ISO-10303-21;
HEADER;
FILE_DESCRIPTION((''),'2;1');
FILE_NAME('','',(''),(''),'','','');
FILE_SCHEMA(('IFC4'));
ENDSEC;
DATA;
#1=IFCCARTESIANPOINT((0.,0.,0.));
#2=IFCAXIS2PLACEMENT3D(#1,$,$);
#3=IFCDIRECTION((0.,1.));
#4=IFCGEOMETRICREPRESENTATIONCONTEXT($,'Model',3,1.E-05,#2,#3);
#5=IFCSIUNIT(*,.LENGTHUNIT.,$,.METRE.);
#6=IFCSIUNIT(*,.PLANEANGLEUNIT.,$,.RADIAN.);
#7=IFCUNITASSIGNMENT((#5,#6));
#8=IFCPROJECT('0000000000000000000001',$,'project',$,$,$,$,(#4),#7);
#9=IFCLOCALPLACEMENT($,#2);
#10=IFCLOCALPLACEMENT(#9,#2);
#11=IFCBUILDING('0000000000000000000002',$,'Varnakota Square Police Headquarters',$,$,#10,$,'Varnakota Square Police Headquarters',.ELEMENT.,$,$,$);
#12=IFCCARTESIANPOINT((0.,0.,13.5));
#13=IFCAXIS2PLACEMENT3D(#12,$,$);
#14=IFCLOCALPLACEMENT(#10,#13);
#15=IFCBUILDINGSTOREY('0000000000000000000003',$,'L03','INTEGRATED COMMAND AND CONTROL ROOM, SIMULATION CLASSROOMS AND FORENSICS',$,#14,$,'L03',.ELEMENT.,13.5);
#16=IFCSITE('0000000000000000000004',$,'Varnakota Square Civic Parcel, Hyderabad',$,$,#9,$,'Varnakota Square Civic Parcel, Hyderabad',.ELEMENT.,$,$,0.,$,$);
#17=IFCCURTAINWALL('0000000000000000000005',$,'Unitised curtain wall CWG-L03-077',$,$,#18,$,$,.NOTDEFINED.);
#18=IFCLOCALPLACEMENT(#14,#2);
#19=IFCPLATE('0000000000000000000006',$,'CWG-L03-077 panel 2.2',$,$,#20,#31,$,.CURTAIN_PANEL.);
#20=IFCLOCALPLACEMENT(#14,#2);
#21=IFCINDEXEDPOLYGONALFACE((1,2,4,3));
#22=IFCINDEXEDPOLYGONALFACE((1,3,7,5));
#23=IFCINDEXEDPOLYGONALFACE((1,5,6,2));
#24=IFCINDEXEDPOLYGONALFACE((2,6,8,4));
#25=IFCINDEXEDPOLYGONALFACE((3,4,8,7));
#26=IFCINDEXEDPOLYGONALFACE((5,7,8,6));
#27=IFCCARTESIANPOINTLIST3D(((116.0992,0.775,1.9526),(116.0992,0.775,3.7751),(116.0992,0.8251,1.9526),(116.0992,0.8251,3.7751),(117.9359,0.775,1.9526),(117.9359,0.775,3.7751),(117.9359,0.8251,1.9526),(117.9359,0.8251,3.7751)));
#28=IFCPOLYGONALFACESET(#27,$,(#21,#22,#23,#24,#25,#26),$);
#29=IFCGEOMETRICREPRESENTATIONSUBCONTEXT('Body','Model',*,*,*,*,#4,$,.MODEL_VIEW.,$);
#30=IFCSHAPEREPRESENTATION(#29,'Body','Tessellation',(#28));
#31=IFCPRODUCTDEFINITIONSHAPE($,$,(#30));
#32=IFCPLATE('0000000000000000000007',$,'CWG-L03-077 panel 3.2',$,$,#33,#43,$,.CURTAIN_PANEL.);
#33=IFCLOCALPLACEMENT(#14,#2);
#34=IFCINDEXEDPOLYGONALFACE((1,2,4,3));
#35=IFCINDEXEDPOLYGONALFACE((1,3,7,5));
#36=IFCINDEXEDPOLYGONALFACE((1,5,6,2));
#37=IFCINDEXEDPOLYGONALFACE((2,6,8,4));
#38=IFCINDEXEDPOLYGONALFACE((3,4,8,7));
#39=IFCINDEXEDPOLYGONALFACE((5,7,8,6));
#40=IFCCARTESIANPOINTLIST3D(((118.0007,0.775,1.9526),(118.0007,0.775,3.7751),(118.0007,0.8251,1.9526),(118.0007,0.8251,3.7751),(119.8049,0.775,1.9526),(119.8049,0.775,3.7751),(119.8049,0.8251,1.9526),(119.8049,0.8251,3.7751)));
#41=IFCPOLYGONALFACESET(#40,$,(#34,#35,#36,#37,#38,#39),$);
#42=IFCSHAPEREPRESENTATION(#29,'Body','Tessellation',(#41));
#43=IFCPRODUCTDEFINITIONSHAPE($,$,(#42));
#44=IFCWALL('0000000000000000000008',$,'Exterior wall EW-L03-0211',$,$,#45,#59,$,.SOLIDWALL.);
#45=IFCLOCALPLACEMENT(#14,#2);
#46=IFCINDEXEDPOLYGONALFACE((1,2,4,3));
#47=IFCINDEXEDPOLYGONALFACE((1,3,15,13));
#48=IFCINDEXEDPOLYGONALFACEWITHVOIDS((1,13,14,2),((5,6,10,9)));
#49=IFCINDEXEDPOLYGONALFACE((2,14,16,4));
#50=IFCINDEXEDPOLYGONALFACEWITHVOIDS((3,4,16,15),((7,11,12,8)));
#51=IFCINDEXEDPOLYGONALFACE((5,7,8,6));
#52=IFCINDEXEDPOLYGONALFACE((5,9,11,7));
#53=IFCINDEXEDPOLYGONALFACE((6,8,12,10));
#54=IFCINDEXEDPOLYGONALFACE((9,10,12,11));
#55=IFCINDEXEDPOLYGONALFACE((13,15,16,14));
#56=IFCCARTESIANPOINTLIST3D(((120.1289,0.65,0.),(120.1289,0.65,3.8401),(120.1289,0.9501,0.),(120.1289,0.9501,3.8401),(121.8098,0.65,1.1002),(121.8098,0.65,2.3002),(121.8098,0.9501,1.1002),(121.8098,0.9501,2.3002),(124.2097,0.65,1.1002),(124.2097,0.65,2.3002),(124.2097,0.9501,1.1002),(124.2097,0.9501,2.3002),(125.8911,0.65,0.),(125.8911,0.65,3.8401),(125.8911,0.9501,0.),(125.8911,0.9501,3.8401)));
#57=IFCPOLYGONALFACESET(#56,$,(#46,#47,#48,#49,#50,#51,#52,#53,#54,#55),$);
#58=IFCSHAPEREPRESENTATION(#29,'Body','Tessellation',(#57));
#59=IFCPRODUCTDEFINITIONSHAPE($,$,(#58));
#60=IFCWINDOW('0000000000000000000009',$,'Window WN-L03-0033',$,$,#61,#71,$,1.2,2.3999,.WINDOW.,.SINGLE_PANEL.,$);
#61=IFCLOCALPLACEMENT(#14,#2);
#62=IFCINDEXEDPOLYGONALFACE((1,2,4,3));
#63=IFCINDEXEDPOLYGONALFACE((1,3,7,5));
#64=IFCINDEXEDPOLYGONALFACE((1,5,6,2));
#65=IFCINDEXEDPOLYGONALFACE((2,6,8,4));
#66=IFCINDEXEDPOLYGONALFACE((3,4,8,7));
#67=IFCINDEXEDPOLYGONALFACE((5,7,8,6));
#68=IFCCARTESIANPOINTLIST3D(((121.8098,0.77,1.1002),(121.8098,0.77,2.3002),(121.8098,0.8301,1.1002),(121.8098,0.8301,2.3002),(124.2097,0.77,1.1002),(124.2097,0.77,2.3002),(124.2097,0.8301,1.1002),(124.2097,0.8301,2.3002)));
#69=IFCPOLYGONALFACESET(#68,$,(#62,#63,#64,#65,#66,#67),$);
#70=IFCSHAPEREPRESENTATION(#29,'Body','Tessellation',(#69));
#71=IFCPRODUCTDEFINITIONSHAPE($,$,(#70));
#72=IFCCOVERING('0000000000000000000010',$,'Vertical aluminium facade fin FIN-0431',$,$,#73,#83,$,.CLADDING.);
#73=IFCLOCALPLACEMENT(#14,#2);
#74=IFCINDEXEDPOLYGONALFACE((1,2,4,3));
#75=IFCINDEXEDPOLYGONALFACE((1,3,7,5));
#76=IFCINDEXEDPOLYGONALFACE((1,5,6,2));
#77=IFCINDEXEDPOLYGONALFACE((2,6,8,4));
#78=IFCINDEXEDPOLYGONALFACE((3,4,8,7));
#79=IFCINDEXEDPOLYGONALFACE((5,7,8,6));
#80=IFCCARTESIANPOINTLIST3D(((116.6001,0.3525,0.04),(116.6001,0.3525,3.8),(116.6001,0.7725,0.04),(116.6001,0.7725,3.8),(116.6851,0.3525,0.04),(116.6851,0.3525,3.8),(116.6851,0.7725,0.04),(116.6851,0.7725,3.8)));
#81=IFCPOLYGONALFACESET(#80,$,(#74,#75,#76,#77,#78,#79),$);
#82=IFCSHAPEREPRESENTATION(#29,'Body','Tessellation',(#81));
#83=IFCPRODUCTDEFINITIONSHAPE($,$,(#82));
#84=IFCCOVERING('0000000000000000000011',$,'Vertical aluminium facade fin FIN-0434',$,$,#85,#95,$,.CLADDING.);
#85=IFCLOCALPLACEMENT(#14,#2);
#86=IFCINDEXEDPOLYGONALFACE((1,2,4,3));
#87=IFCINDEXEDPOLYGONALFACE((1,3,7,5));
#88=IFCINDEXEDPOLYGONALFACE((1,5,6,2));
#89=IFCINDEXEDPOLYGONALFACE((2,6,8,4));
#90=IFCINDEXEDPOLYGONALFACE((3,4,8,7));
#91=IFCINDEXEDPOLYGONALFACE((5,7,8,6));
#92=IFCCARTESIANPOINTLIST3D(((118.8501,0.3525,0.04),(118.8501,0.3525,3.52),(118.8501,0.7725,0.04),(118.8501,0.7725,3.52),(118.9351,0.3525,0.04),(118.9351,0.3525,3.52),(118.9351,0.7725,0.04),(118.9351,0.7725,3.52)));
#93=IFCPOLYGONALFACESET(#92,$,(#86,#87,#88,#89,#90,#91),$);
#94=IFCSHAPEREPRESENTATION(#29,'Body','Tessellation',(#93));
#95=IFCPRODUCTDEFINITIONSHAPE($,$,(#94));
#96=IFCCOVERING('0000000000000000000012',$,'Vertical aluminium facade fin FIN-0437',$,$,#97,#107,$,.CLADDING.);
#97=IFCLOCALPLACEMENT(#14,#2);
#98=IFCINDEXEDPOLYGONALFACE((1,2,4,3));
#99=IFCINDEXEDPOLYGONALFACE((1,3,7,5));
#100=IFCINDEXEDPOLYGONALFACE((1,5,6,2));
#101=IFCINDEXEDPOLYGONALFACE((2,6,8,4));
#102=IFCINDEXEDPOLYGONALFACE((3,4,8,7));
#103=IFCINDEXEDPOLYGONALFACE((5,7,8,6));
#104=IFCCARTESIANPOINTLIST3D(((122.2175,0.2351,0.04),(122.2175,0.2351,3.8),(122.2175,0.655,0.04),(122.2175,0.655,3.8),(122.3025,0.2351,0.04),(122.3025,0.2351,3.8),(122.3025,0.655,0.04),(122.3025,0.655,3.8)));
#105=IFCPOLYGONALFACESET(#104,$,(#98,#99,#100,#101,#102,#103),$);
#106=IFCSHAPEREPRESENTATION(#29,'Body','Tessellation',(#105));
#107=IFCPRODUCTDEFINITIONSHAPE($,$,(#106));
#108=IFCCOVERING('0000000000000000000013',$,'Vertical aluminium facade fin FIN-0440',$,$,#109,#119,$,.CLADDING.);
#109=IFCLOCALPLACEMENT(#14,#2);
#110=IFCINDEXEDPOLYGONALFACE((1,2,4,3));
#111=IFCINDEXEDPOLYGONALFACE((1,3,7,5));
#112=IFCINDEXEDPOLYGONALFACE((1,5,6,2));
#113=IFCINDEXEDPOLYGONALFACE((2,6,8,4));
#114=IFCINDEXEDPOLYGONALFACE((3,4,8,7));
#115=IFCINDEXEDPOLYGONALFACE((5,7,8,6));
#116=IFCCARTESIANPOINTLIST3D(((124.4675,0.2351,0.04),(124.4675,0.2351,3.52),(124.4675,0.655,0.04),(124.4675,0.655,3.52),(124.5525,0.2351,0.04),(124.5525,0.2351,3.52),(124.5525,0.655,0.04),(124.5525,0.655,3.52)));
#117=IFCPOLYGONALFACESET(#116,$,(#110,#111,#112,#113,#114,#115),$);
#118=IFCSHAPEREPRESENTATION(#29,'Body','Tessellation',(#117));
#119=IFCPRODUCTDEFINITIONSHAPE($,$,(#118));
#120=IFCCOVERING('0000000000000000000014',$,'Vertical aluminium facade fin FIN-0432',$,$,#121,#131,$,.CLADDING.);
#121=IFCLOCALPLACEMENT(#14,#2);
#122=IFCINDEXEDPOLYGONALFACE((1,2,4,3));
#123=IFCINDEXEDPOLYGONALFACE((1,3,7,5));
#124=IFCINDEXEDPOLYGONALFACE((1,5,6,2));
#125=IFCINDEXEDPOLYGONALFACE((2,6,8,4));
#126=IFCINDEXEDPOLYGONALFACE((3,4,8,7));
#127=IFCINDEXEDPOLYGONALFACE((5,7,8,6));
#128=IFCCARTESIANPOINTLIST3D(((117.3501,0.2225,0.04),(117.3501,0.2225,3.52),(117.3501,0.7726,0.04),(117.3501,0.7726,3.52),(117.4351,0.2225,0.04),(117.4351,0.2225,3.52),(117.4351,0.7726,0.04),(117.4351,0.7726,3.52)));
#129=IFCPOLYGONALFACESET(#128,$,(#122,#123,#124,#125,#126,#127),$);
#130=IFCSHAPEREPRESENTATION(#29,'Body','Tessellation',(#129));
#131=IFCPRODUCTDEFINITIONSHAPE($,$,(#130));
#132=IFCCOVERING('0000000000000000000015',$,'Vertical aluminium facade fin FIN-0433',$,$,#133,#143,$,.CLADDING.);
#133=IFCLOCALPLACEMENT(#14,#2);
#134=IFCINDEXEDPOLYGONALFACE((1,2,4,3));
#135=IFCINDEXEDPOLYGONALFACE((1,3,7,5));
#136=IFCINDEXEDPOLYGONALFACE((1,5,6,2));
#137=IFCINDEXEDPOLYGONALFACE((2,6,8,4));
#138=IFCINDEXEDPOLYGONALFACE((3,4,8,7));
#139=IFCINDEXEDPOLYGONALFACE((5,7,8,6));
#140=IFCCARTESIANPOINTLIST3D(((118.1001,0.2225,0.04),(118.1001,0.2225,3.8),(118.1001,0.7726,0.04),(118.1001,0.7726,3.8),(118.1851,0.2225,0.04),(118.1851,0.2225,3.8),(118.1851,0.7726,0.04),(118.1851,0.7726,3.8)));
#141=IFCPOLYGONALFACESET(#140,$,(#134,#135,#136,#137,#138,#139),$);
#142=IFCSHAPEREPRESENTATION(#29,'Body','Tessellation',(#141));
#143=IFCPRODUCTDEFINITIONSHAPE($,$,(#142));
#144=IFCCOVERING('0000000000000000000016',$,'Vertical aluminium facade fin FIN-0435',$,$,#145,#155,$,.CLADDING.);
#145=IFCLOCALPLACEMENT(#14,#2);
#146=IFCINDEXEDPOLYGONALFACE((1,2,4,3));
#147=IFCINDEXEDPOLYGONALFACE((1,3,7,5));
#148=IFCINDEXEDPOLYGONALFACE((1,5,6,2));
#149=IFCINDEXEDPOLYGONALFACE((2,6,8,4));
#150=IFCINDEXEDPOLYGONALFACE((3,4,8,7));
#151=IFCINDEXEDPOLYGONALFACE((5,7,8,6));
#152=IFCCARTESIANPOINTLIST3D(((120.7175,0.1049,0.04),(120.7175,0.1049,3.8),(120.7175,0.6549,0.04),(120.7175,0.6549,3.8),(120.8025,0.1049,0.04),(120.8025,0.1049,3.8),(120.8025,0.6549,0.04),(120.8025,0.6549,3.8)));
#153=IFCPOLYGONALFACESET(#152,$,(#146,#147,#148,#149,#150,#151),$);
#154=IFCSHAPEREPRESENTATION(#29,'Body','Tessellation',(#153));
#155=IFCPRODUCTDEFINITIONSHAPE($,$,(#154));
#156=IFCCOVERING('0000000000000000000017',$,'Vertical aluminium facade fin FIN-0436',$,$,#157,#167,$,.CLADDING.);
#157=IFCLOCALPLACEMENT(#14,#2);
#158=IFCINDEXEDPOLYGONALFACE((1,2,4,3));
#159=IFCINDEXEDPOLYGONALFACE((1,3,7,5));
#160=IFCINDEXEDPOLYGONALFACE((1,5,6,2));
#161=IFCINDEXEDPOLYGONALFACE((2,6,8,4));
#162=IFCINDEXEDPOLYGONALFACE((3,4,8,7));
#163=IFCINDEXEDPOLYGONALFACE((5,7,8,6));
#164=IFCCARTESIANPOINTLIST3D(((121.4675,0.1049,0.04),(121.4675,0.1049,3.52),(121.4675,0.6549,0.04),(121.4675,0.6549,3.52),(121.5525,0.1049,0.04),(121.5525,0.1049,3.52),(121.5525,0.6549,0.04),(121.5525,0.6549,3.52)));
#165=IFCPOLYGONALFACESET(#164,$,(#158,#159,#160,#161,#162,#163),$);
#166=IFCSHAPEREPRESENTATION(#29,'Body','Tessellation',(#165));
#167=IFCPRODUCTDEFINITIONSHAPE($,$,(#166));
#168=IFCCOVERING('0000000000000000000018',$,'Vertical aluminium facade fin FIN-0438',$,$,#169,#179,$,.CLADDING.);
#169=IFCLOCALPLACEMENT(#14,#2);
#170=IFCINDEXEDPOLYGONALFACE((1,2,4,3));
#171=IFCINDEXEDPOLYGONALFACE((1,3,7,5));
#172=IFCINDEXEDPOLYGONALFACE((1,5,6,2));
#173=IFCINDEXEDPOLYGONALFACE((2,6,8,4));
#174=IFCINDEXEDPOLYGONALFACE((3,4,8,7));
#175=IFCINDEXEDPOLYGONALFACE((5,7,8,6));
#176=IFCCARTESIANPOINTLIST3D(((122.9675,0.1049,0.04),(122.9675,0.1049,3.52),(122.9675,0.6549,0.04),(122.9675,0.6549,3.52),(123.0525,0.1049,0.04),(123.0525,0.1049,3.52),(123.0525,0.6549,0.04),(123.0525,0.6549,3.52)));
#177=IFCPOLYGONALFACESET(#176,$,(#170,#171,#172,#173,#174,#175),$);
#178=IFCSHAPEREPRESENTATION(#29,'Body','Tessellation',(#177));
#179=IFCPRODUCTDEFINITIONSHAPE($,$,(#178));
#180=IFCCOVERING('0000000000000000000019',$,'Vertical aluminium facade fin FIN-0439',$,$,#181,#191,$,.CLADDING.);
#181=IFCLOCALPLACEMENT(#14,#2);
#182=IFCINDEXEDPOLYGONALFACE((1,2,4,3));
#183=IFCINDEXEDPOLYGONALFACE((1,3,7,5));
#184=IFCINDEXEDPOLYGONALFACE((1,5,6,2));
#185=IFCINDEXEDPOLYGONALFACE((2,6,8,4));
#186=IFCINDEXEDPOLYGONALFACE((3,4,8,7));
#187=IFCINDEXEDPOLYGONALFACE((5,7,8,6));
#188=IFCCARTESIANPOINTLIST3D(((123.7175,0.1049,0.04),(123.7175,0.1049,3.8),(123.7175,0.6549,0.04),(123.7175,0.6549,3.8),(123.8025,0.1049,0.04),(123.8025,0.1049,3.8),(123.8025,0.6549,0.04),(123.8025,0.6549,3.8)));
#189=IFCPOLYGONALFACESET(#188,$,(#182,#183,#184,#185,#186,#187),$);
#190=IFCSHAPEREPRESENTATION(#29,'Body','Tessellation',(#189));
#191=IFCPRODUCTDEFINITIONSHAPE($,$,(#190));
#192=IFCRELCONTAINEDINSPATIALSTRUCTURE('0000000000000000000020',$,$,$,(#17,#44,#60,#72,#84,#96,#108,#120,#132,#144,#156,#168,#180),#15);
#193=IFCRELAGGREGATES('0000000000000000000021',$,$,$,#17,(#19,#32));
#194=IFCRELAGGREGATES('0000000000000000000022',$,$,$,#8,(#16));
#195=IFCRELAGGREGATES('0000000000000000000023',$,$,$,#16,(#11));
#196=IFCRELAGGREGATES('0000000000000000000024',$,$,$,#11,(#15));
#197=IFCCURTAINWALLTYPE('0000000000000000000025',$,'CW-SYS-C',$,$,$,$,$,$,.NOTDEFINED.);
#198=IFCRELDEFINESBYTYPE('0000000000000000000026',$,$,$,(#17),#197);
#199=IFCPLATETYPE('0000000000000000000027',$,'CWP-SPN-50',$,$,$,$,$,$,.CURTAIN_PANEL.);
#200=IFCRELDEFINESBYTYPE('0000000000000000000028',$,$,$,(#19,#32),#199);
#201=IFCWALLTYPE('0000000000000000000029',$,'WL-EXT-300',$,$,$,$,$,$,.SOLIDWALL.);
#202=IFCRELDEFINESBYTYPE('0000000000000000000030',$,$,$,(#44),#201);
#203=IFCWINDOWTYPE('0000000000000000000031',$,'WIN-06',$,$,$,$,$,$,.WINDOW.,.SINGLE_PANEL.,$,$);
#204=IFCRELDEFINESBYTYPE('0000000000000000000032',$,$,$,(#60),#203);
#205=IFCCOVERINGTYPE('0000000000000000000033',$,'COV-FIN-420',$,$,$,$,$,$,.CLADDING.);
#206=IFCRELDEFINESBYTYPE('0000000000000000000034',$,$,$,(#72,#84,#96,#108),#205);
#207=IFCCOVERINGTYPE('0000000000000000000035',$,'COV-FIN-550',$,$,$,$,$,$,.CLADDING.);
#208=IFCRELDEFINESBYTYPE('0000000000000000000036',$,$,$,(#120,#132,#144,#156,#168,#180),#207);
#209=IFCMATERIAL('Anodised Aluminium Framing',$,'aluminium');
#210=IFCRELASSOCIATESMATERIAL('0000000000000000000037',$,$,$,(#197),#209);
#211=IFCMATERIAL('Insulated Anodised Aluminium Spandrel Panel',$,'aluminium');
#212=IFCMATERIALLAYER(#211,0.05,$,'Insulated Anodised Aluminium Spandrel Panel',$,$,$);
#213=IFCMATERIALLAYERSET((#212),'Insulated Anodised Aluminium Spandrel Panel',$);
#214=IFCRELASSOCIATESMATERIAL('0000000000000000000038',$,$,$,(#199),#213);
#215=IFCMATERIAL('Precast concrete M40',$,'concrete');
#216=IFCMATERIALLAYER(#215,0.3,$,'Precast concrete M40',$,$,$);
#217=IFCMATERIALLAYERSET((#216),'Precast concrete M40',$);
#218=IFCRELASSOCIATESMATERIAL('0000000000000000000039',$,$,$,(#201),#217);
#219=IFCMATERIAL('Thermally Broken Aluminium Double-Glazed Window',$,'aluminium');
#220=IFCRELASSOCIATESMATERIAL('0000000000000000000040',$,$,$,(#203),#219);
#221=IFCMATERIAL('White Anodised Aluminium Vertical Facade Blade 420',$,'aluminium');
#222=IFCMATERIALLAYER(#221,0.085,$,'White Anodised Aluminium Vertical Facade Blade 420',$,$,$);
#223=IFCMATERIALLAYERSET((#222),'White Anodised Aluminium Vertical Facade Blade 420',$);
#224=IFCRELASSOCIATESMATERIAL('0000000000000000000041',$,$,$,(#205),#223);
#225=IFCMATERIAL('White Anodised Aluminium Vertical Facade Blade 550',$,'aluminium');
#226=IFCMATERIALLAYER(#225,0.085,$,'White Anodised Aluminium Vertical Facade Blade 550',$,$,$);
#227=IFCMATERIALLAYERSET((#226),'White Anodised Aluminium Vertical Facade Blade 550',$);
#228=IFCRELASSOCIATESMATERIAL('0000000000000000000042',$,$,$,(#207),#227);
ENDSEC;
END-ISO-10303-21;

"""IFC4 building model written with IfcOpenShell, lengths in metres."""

from ifc_helpers import new_model, si_unit, direction, frame, frame_2d, origin, origin_2d, place, context, subcontext, project, spatial, rectangle, extrude, material, layer, layer_set, type_object, element, fill, aggregate, save


model = new_model("IFC4")

# Units and contexts
model_context = context("Model", 3, precision=1e-05, world=origin(), true_north=direction((0.0, 1.0)))
body_context = subcontext(model_context, "Body", "Model", "MODEL_VIEW")
ifc_project = project(units=[si_unit("LENGTHUNIT", "METRE"), si_unit("PLANEANGLEUNIT", "RADIAN")], contexts=[model_context])

# Site, building, storey
site_placement = place(None, origin())
site = spatial("IfcSite", under=ifc_project, at=site_placement, Name="Varnakota Square Civic Parcel, Hyderabad", LongName="Varnakota Square Civic Parcel, Hyderabad", CompositionType="ELEMENT", RefElevation=0.0)
building_placement = place(site_placement, origin())
building = spatial("IfcBuilding", under=site, at=building_placement, Name="Varnakota Square Police Headquarters", LongName="Varnakota Square Police Headquarters", CompositionType="ELEMENT")
storey_placement = place(building_placement, frame((0.0, 0.0, 13.5)))
storey = spatial("IfcBuildingStorey", under=building, at=storey_placement, Name="L03", Description="INTEGRATED COMMAND AND CONTROL ROOM, SIMULATION CLASSROOMS AND FORENSICS", LongName="L03", CompositionType="ELEMENT", Elevation=13.5)

# Curtain wall, plates
ifc_material_1 = material(Name="Anodised Aluminium Framing", Category="aluminium")
curtain_wall_type = type_object("IfcCurtainWallType", Name="CW-SYS-C", PredefinedType="NOTDEFINED", material=ifc_material_1)
curtain_wall_placement = place(storey_placement, origin())
curtain_wall = element("IfcCurtainWall", 1, at=curtain_wall_placement, inside=storey, type_object=curtain_wall_type, Name="Unitised curtain wall CWG-L03-077", PredefinedType="NOTDEFINED")
ifc_material_2 = material(Name="Insulated Anodised Aluminium Spandrel Panel", Category="aluminium")
ifc_layer_1 = layer(ifc_material_2, 0.05, Name="Insulated Anodised Aluminium Spandrel Panel")
ifc_layer_set_1 = layer_set([ifc_layer_1], Name="Insulated Anodised Aluminium Spandrel Panel")
plate_type_1 = type_object("IfcPlateType", Name="CWP-SPN-50", PredefinedType="CURTAIN_PANEL", material=ifc_layer_set_1)
plate_1_placement = place(storey_placement, frame((117.0176, 0.8, 1.9526), z_axis=(0.0, 0.0, 1.0), x_axis=(1.0, 0.0, 0.0)))
plate_1 = element("IfcPlate", 2, at=plate_1_placement, type_object=plate_type_1, Name="CWG-L03-077 panel 2.2", PredefinedType="CURTAIN_PANEL", context=body_context, shape_type="SweptSolid", body=[
    extrude(rectangle(XDim=1.8367, YDim=0.05, at=origin_2d()), origin(), (0.0, 0.0, 1.0), 1.8225),
])
plate_2_placement = place(storey_placement, frame((118.9028, 0.8, 1.9526), z_axis=(0.0, 0.0, 1.0), x_axis=(1.0, 0.0, 0.0)))
plate_2 = element("IfcPlate", 3, at=plate_2_placement, type_object=plate_type_1, Name="CWG-L03-077 panel 3.2", PredefinedType="CURTAIN_PANEL", context=body_context, shape_type="SweptSolid", body=[
    extrude(rectangle(XDim=1.8042, YDim=0.05, at=origin_2d()), origin(), (0.0, 0.0, 1.0), 1.8225),
])
aggregate(curtain_wall, [plate_1, plate_2])

# Wall, opening, window
ifc_material_3 = material(Name="Precast concrete M40", Category="concrete")
ifc_layer_2 = layer(ifc_material_3, 0.3, Name="Precast concrete M40")
ifc_layer_set_2 = layer_set([ifc_layer_2], Name="Precast concrete M40")
wall_type = type_object("IfcWallType", Name="WL-EXT-300", PredefinedType="SOLIDWALL", material=ifc_layer_set_2)
wall_placement = place(storey_placement, frame((120.1289, 0.8, 0.0), z_axis=(0.0, 0.0, 1.0), x_axis=(1.0, 0.0, 0.0)))
wall = element("IfcWall", 4, at=wall_placement, inside=storey, type_object=wall_type, Name="Exterior wall EW-L03-0211", PredefinedType="SOLIDWALL", context=body_context, shape_type="SweptSolid", body=[
    extrude(rectangle(XDim=5.7622, YDim=0.3, at=frame_2d((2.8811, 0.0))), origin(), (0.0, 0.0, 1.0), 3.8401),
])
opening_placement = place(wall_placement, frame((1.6809, 0.0, 1.1001)))
opening = element("IfcOpeningElement", 5, at=opening_placement, cuts=wall, PredefinedType="OPENING", context=body_context, shape_type="SweptSolid", body=[
    extrude(rectangle(XDim=2.3999, YDim=1.2, at=frame_2d((1.2, 0.6001))), frame((0.0, 0.1599, 0.0), z_axis=(0.0, -1.0, 0.0), x_axis=(1.0, 0.0, 0.0)), (0.0, 0.0, 1.0), 0.3201),
])
ifc_material_4 = material(Name="Thermally Broken Aluminium Double-Glazed Window", Category="aluminium")
window_type = type_object("IfcWindowType", Name="WIN-06", PartitioningType="SINGLE_PANEL", PredefinedType="WINDOW", material=ifc_material_4)
window_placement = place(opening_placement, origin())
window = element("IfcWindow", 6, at=window_placement, inside=storey, type_object=window_type, Name="Window WN-L03-0033", OverallHeight=1.2, OverallWidth=2.3999, PartitioningType="SINGLE_PANEL", PredefinedType="WINDOW", context=body_context, shape_type="SweptSolid", body=[
    extrude(rectangle(XDim=2.3999, YDim=1.2, at=frame_2d((1.2, 0.6001))), frame((0.0, 0.03, 0.0), z_axis=(0.0, -1.0, 0.0), x_axis=(1.0, 0.0, 0.0)), (0.0, 0.0, 1.0), 0.0601),
])
fill(opening, window)

# Coverings
ifc_material_5 = material(Name="White Anodised Aluminium Vertical Facade Blade 420", Category="aluminium")
ifc_layer_3 = layer(ifc_material_5, 0.085, Name="White Anodised Aluminium Vertical Facade Blade 420")
ifc_layer_set_3 = layer_set([ifc_layer_3], Name="White Anodised Aluminium Vertical Facade Blade 420")
covering_type_1 = type_object("IfcCoveringType", Name="COV-FIN-420", PredefinedType="CLADDING", material=ifc_layer_set_3)
covering_1_placement = place(storey_placement, frame((116.6426, 0.5625, 0.04), z_axis=(0.0, 0.0, 1.0), x_axis=(1.0, 0.0, 0.0)))
element("IfcCovering", 7, at=covering_1_placement, inside=storey, type_object=covering_type_1, Name="Vertical aluminium facade fin FIN-0431", PredefinedType="CLADDING", context=body_context, shape_type="SweptSolid", body=[
    extrude(rectangle(XDim=0.085, YDim=0.4199, at=origin_2d()), origin(), (0.0, 0.0, 1.0), 3.76),
])
covering_2_placement = place(storey_placement, frame((118.8926, 0.5625, 0.04), z_axis=(0.0, 0.0, 1.0), x_axis=(1.0, 0.0, 0.0)))
element("IfcCovering", 8, at=covering_2_placement, inside=storey, type_object=covering_type_1, Name="Vertical aluminium facade fin FIN-0434", PredefinedType="CLADDING", context=body_context, shape_type="SweptSolid", body=[
    extrude(rectangle(XDim=0.085, YDim=0.4199, at=origin_2d()), origin(), (0.0, 0.0, 1.0), 3.48),
])
covering_3_placement = place(storey_placement, frame((122.26, 0.4451, 0.04), z_axis=(0.0, 0.0, 1.0), x_axis=(1.0, 0.0, 0.0)))
element("IfcCovering", 9, at=covering_3_placement, inside=storey, type_object=covering_type_1, Name="Vertical aluminium facade fin FIN-0437", PredefinedType="CLADDING", context=body_context, shape_type="SweptSolid", body=[
    extrude(rectangle(XDim=0.085, YDim=0.4199, at=origin_2d()), origin(), (0.0, 0.0, 1.0), 3.76),
])
covering_4_placement = place(storey_placement, frame((124.51, 0.4451, 0.04), z_axis=(0.0, 0.0, 1.0), x_axis=(1.0, 0.0, 0.0)))
element("IfcCovering", 10, at=covering_4_placement, inside=storey, type_object=covering_type_1, Name="Vertical aluminium facade fin FIN-0440", PredefinedType="CLADDING", context=body_context, shape_type="SweptSolid", body=[
    extrude(rectangle(XDim=0.085, YDim=0.4199, at=origin_2d()), origin(), (0.0, 0.0, 1.0), 3.48),
])
ifc_material_6 = material(Name="White Anodised Aluminium Vertical Facade Blade 550", Category="aluminium")
ifc_layer_4 = layer(ifc_material_6, 0.085, Name="White Anodised Aluminium Vertical Facade Blade 550")
ifc_layer_set_4 = layer_set([ifc_layer_4], Name="White Anodised Aluminium Vertical Facade Blade 550")
covering_type_2 = type_object("IfcCoveringType", Name="COV-FIN-550", PredefinedType="CLADDING", material=ifc_layer_set_4)
covering_5_placement = place(storey_placement, frame((117.3926, 0.4976, 0.04), z_axis=(0.0, 0.0, 1.0), x_axis=(1.0, 0.0, 0.0)))
element("IfcCovering", 11, at=covering_5_placement, inside=storey, type_object=covering_type_2, Name="Vertical aluminium facade fin FIN-0432", PredefinedType="CLADDING", context=body_context, shape_type="SweptSolid", body=[
    extrude(rectangle(XDim=0.085, YDim=0.55, at=origin_2d()), origin(), (0.0, 0.0, 1.0), 3.48),
])
for number, where, z_axis, x_axis, name in (
    (12, (118.1426, 0.4976, 0.04), (0.0, 0.0, 1.0), (1.0, 0.0, 0.0), "Vertical aluminium facade fin FIN-0433"),
    (13, (120.76, 0.3799, 0.04), (0.0, 0.0, 1.0), (1.0, 0.0, 0.0), "Vertical aluminium facade fin FIN-0435"),
):
    element("IfcCovering", number, at=place(storey_placement, frame(where, z_axis=z_axis, x_axis=x_axis)), inside=storey, type_object=covering_type_2, Name=name, PredefinedType="CLADDING", context=body_context, shape_type="SweptSolid", body=[
        extrude(rectangle(XDim=0.085, YDim=0.55, at=origin_2d()), origin(), (0.0, 0.0, 1.0), 3.76),
    ])
for number, where, z_axis, x_axis, name in (
    (14, (121.51, 0.3799, 0.04), (0.0, 0.0, 1.0), (1.0, 0.0, 0.0), "Vertical aluminium facade fin FIN-0436"),
    (15, (123.01, 0.3799, 0.04), (0.0, 0.0, 1.0), (1.0, 0.0, 0.0), "Vertical aluminium facade fin FIN-0438"),
):
    element("IfcCovering", number, at=place(storey_placement, frame(where, z_axis=z_axis, x_axis=x_axis)), inside=storey, type_object=covering_type_2, Name=name, PredefinedType="CLADDING", context=body_context, shape_type="SweptSolid", body=[
        extrude(rectangle(XDim=0.085, YDim=0.55, at=origin_2d()), origin(), (0.0, 0.0, 1.0), 3.48),
    ])
for number, where, z_axis, x_axis, name in (
    (16, (123.76, 0.3799, 0.04), (0.0, 0.0, 1.0), (1.0, 0.0, 0.0), "Vertical aluminium facade fin FIN-0439"),
):
    element("IfcCovering", number, at=place(storey_placement, frame(where, z_axis=z_axis, x_axis=x_axis)), inside=storey, type_object=covering_type_2, Name=name, PredefinedType="CLADDING", context=body_context, shape_type="SweptSolid", body=[
        extrude(rectangle(XDim=0.085, YDim=0.55, at=origin_2d()), origin(), (0.0, 0.0, 1.0), 3.76),
    ])

save(model, "model.ifc")
